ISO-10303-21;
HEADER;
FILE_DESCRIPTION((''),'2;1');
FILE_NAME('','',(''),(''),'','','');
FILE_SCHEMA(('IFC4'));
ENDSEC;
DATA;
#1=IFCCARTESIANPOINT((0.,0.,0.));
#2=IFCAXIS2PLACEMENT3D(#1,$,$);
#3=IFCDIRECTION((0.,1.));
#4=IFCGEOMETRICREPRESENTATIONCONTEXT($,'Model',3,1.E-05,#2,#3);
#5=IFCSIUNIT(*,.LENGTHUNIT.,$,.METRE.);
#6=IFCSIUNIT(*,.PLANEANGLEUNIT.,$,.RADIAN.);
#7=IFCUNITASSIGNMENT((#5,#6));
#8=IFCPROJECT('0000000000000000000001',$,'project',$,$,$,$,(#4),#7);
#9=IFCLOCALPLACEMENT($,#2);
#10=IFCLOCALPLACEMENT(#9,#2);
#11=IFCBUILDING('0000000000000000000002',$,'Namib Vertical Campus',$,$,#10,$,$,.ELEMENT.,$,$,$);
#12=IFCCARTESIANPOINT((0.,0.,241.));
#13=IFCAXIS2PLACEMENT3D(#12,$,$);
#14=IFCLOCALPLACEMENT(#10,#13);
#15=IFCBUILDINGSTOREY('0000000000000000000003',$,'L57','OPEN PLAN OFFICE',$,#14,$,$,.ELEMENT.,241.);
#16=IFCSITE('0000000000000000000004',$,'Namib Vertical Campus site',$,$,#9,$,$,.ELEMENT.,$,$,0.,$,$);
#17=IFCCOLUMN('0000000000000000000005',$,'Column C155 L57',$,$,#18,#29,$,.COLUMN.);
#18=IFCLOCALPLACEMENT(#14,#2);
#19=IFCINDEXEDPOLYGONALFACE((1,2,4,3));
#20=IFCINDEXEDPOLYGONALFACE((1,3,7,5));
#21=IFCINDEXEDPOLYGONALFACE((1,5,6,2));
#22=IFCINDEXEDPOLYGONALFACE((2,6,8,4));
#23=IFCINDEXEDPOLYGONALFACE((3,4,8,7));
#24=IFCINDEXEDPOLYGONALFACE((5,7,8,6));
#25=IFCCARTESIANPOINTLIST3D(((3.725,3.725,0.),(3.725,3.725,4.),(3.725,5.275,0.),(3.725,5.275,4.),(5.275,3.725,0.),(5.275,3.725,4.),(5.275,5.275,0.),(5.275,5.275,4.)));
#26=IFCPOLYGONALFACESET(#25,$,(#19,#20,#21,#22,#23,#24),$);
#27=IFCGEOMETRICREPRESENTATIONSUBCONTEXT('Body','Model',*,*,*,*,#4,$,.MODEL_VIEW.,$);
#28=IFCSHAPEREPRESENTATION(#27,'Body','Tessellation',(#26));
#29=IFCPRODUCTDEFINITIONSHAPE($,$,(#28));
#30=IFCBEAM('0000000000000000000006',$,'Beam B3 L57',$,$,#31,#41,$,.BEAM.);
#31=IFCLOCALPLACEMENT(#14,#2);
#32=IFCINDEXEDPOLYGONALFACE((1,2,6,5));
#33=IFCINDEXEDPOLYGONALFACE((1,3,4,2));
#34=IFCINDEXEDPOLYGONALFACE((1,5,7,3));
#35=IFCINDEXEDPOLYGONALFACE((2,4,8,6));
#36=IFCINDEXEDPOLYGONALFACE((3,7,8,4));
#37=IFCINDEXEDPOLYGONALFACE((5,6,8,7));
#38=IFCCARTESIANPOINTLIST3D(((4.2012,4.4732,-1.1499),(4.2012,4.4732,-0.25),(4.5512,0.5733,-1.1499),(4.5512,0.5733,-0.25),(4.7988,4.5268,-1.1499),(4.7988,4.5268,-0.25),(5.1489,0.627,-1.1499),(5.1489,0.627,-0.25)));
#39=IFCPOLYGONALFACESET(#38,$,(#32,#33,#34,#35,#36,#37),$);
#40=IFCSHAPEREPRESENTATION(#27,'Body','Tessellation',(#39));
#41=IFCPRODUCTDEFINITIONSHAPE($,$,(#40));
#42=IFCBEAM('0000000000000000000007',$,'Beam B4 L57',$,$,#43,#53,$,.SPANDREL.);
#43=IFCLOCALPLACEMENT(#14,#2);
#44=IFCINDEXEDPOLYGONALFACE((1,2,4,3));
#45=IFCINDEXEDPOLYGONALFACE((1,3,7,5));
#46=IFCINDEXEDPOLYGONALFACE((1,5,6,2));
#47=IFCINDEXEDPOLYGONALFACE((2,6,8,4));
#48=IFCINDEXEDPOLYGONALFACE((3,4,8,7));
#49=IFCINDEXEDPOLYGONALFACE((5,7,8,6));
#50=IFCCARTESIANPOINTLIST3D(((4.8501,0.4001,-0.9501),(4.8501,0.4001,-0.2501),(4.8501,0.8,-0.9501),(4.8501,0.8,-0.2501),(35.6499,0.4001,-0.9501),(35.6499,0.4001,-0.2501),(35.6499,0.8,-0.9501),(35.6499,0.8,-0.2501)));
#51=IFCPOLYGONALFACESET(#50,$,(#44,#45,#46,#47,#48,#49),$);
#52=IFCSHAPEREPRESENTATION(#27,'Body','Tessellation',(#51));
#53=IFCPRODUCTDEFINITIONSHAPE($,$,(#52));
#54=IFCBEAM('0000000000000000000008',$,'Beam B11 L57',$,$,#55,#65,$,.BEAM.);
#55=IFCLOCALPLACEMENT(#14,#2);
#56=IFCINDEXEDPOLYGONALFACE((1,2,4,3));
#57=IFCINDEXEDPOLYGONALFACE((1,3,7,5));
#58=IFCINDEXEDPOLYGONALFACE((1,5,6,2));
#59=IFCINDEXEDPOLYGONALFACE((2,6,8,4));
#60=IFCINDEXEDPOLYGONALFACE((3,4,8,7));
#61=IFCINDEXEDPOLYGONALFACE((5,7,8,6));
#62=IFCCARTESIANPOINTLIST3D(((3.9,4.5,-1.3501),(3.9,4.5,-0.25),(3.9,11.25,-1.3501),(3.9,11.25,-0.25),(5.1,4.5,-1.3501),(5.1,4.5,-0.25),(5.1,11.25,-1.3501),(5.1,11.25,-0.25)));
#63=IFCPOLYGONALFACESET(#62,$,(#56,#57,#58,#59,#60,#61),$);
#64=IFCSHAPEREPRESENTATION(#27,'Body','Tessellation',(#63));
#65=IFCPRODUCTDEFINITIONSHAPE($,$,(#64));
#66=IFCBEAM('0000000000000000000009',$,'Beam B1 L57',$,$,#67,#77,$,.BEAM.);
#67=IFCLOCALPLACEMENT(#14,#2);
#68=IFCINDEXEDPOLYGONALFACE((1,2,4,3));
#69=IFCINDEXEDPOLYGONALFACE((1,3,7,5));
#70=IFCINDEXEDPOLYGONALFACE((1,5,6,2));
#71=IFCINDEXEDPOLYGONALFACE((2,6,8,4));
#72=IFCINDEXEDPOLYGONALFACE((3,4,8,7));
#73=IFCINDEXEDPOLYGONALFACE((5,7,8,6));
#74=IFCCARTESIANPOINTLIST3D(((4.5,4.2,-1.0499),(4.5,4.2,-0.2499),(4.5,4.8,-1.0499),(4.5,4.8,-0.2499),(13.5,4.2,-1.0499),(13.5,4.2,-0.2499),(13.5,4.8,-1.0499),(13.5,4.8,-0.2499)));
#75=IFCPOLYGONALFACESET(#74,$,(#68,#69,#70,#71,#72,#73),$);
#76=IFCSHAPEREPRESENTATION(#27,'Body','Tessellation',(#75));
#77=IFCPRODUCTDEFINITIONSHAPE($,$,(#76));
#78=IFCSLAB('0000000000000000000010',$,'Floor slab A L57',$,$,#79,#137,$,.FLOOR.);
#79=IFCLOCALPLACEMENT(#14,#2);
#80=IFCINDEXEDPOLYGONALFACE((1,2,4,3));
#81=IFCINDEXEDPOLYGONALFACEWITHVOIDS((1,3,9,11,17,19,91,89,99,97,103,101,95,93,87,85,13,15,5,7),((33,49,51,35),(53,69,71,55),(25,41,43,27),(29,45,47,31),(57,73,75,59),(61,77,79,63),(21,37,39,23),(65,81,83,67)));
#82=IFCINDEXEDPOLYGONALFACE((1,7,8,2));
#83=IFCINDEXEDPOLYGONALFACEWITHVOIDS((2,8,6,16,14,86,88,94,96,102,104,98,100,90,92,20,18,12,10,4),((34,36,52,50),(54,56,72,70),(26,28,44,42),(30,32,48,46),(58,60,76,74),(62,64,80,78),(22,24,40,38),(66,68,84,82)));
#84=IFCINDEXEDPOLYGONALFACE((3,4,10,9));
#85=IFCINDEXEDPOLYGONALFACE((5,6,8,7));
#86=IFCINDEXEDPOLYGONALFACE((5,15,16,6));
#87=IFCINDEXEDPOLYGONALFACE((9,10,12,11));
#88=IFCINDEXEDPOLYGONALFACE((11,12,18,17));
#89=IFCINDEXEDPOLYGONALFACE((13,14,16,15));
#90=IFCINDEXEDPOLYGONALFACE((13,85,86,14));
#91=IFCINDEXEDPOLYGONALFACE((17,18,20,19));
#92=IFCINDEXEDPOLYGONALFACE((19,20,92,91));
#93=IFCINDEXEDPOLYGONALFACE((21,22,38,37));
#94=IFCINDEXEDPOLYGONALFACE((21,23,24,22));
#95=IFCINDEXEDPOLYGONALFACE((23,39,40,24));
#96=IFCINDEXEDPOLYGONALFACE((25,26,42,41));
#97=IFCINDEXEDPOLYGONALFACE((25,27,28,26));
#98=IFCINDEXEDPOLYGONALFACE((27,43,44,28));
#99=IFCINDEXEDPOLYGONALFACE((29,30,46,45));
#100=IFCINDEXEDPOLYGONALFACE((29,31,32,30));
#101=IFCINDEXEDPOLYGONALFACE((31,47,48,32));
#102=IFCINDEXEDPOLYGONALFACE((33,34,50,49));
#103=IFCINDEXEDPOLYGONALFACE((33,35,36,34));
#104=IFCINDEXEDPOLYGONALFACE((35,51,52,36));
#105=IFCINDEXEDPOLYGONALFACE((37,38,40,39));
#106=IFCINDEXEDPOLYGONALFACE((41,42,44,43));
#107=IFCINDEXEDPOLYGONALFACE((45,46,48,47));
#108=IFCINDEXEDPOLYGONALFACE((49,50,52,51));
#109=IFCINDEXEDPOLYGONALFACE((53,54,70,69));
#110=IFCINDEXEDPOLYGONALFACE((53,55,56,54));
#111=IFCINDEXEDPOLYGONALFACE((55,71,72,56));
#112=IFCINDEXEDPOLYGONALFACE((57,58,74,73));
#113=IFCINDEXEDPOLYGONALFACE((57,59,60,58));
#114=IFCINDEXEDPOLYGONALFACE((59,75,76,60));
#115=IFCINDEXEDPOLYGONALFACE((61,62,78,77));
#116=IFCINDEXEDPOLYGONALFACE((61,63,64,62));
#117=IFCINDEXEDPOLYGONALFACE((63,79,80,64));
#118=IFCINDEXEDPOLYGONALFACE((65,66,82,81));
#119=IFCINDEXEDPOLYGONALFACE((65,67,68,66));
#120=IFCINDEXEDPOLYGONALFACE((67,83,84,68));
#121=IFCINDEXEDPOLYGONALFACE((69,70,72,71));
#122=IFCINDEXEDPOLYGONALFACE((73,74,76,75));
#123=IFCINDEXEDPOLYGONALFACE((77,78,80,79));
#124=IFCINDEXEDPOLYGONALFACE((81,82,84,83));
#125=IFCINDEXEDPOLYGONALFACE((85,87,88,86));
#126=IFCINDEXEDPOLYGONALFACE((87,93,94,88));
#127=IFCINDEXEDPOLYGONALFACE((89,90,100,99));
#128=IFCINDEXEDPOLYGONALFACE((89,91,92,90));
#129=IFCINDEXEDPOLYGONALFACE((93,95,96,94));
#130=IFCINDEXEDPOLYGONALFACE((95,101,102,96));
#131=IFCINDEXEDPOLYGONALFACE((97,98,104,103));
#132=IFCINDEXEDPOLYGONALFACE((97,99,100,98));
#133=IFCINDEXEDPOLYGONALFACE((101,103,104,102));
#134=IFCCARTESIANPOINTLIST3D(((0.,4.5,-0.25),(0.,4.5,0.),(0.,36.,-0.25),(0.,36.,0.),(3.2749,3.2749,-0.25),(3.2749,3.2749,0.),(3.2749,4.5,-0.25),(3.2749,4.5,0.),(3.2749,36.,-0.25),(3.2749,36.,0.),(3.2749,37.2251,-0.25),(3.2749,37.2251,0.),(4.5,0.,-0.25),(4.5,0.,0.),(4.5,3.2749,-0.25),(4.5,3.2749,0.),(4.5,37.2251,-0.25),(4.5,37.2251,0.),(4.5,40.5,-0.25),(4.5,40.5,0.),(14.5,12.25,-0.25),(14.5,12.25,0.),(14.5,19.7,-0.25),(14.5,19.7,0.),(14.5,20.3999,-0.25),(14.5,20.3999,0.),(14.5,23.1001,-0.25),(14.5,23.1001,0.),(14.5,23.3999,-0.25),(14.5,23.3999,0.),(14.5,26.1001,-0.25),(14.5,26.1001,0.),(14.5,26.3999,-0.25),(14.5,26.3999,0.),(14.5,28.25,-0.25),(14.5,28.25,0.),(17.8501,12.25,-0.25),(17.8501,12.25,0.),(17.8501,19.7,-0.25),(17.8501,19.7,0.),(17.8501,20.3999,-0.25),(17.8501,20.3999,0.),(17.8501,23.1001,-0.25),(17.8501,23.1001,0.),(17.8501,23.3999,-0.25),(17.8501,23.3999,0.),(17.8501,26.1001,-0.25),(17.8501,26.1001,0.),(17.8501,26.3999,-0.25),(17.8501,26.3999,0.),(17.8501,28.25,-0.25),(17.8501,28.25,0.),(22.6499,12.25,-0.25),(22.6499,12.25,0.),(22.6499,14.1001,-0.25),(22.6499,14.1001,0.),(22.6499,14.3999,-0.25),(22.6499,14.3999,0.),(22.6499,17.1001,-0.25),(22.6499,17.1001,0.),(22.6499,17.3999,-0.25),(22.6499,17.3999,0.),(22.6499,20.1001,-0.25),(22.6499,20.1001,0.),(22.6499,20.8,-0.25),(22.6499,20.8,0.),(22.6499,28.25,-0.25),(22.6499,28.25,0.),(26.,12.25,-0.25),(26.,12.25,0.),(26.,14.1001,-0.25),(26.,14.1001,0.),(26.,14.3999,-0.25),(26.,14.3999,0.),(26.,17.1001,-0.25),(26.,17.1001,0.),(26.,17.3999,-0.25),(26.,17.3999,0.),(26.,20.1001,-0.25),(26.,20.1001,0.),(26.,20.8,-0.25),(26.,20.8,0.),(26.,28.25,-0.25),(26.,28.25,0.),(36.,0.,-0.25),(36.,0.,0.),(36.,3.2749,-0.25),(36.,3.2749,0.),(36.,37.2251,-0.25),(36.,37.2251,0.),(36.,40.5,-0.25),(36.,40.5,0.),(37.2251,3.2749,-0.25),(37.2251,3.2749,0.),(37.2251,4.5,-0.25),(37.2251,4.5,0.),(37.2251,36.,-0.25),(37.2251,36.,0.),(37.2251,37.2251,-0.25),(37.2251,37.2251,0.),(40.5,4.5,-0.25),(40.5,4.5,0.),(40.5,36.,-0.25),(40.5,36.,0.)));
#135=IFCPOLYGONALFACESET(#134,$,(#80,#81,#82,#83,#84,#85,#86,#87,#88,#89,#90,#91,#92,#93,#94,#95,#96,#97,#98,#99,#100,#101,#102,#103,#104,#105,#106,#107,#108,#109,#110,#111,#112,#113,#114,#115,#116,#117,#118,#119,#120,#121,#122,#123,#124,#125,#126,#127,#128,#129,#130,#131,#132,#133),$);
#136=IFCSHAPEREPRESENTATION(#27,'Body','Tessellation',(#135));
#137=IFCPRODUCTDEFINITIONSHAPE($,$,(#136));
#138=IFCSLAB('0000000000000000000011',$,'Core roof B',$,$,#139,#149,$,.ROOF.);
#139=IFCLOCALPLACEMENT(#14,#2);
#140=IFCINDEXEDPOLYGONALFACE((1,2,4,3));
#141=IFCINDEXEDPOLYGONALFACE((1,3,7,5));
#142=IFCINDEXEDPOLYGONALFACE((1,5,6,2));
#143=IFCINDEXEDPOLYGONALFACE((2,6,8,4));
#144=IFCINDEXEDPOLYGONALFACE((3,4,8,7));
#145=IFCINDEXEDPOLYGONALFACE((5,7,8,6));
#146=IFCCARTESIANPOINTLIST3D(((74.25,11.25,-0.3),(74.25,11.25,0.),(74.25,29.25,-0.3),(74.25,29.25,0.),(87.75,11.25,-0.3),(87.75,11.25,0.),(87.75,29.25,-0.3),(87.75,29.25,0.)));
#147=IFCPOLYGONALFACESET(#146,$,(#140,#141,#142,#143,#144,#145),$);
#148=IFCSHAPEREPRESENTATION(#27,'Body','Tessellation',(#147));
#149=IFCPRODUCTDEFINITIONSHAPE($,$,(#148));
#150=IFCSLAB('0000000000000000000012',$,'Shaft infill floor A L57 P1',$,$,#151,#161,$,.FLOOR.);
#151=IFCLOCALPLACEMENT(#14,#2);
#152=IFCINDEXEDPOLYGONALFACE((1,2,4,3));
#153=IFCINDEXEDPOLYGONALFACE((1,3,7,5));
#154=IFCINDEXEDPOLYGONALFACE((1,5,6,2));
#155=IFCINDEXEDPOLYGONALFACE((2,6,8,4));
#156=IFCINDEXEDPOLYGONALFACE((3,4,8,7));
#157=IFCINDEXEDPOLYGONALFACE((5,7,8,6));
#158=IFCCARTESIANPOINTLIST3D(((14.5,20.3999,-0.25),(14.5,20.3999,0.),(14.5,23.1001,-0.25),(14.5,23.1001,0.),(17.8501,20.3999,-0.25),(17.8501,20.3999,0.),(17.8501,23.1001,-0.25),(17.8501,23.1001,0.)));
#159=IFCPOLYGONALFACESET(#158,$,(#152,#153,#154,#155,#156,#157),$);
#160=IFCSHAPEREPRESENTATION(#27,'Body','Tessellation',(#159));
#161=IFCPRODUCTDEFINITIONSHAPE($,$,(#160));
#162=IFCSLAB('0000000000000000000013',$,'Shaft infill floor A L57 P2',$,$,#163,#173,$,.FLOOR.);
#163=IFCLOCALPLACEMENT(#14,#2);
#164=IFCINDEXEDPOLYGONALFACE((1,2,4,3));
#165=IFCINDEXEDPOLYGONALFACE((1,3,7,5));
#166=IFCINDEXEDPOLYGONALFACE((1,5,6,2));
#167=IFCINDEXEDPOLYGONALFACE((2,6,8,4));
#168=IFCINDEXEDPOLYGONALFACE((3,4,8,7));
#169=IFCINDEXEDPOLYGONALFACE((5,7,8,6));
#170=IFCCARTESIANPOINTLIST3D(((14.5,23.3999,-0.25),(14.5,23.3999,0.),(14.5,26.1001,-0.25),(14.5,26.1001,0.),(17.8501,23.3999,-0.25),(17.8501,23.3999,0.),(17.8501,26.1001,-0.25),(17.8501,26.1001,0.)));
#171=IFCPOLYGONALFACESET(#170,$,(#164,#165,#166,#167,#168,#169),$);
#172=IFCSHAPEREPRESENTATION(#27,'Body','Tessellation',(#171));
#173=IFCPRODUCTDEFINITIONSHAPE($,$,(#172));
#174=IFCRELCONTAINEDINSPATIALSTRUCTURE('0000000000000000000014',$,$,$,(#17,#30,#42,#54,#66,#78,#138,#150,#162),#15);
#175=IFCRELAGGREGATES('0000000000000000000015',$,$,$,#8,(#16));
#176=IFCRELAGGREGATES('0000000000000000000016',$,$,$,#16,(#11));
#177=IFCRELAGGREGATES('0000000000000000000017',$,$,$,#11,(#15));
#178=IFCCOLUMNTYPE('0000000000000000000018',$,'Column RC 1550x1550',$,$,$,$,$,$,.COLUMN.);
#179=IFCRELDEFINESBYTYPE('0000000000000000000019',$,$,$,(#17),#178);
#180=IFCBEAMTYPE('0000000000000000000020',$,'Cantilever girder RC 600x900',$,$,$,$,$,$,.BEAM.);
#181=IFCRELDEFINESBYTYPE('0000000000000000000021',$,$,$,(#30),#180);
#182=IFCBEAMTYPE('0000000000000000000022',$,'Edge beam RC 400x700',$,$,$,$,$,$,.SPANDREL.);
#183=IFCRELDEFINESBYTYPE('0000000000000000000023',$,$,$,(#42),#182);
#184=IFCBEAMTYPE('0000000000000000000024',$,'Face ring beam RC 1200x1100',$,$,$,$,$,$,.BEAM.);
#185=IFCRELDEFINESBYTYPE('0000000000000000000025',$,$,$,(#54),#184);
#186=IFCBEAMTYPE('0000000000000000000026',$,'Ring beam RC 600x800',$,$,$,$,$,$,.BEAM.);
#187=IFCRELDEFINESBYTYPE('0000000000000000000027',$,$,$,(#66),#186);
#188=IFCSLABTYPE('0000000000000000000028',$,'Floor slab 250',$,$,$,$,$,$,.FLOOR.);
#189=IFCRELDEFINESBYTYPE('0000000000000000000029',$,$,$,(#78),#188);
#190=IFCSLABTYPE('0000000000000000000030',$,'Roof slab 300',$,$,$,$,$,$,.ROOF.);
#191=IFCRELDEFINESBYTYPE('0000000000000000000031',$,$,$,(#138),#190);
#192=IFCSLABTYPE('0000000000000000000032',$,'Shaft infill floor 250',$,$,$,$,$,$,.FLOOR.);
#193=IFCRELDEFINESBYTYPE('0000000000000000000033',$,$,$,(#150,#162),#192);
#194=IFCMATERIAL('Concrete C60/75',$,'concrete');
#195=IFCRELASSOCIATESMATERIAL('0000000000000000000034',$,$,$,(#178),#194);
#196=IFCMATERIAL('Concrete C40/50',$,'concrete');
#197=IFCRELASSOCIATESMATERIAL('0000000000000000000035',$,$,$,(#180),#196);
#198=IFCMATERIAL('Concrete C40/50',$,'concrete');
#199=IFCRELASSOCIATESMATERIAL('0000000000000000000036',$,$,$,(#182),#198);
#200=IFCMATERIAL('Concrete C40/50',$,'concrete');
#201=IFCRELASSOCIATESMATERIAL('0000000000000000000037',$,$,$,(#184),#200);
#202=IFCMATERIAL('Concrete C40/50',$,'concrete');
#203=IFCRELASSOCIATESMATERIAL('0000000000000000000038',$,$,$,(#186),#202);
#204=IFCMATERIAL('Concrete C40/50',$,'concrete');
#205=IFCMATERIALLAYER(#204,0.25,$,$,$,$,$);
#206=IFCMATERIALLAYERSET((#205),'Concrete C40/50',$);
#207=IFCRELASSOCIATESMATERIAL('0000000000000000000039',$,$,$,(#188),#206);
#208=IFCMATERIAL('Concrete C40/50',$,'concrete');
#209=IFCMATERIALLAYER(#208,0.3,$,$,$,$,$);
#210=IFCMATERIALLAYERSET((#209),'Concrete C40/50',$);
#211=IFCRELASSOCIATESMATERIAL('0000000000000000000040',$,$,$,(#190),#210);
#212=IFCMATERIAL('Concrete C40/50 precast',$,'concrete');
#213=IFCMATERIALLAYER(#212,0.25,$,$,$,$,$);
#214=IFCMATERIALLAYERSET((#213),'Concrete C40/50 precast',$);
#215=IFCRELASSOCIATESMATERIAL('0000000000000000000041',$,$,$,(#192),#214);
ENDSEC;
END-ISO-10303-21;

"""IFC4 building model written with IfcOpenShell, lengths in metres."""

from ifc_helpers import new_model, si_unit, direction, frame, origin, origin_2d, place, context, subcontext, project, spatial, polyline, rectangle, outline, extrude, material, layer, layer_set, material_profile, profile_set, type_object, element, save


model = new_model("IFC4")

# Units and contexts
model_context = context("Model", 3, precision=1e-05, world=origin(), true_north=direction((0.0, 1.0)))
body_context = subcontext(model_context, "Body", "Model", "MODEL_VIEW")
ifc_project = project(units=[si_unit("LENGTHUNIT", "METRE"), si_unit("PLANEANGLEUNIT", "RADIAN")], contexts=[model_context])

# Site, building, storey
site_placement = place(None, origin())
site = spatial("IfcSite", under=ifc_project, at=site_placement, Name="Namib Vertical Campus site", CompositionType="ELEMENT", RefElevation=0.0)
building_placement = place(site_placement, origin())
building = spatial("IfcBuilding", under=site, at=building_placement, Name="Namib Vertical Campus", CompositionType="ELEMENT")
storey_placement = place(building_placement, frame((0.0, 0.0, 241.0)))
storey = spatial("IfcBuildingStorey", under=building, at=storey_placement, Name="L57", Description="OPEN PLAN OFFICE", CompositionType="ELEMENT", Elevation=241.0)

# Column
ifc_material_1 = material(Name="Concrete C60/75", Category="concrete")
ifc_material_profile_1 = material_profile(ifc_material_1, rectangle(XDim=1.55, YDim=1.55, at=origin_2d()))
ifc_profile_set_1 = profile_set([ifc_material_profile_1], Name="Concrete C60/75")
column_type = type_object("IfcColumnType", Name="Column RC 1550x1550", PredefinedType="COLUMN", material=ifc_profile_set_1)
column_placement = place(storey_placement, frame((4.5, 4.5, 0.0), z_axis=(0.0, 0.0, 1.0), x_axis=(1.0, 0.0, 0.0)))
element("IfcColumn", 1, at=column_placement, inside=storey, type_object=column_type, Name="Column C155 L57", PredefinedType="COLUMN", context=body_context, shape_type="SweptSolid", body=[
    extrude(rectangle(XDim=1.55, YDim=1.55, at=origin_2d()), origin(), (0.0, 0.0, 1.0), 4.0),
])

# Beams
ifc_material_2 = material(Name="Concrete C40/50", Category="concrete")
ifc_material_profile_2 = material_profile(ifc_material_2, rectangle(XDim=0.6001, YDim=0.8999, at=origin_2d()))
ifc_profile_set_2 = profile_set([ifc_material_profile_2], Name="Concrete C40/50")
beam_type_1 = type_object("IfcBeamType", Name="Cantilever girder RC 600x900", PredefinedType="BEAM", material=ifc_profile_set_2)
beam_1_placement = place(storey_placement, frame((4.5, 4.5, -0.7), z_axis=(0.089411, -0.995995, 0.0), x_axis=(0.995995, 0.089411, 0.0)))
element("IfcBeam", 2, at=beam_1_placement, inside=storey, type_object=beam_type_1, Name="Beam B3 L57", PredefinedType="BEAM", context=body_context, shape_type="SweptSolid", body=[
    extrude(rectangle(XDim=0.6001, YDim=0.8999, at=origin_2d()), origin(), (0.0, 0.0, 1.0), 3.9155),
])
ifc_material_3 = material(Name="Concrete C40/50", Category="concrete")
ifc_material_profile_3 = material_profile(ifc_material_3, rectangle(XDim=0.3999, YDim=0.7, at=origin_2d()))
ifc_profile_set_3 = profile_set([ifc_material_profile_3], Name="Concrete C40/50")
beam_type_2 = type_object("IfcBeamType", Name="Edge beam RC 400x700", PredefinedType="SPANDREL", material=ifc_profile_set_3)
beam_2_placement = place(storey_placement, frame((4.8501, 0.6001, -0.6001), z_axis=(1.0, 0.0, 0.0), x_axis=(0.0, 1.0, 0.0)))
element("IfcBeam", 3, at=beam_2_placement, inside=storey, type_object=beam_type_2, Name="Beam B4 L57", PredefinedType="SPANDREL", context=body_context, shape_type="SweptSolid", body=[
    extrude(rectangle(XDim=0.3999, YDim=0.7, at=origin_2d()), origin(), (0.0, 0.0, 1.0), 30.7998),
])
ifc_material_4 = material(Name="Concrete C40/50", Category="concrete")
ifc_material_profile_4 = material_profile(ifc_material_4, rectangle(XDim=1.2, YDim=1.1001, at=origin_2d()))
ifc_profile_set_4 = profile_set([ifc_material_profile_4], Name="Concrete C40/50")
beam_type_3 = type_object("IfcBeamType", Name="Face ring beam RC 1200x1100", PredefinedType="BEAM", material=ifc_profile_set_4)
beam_3_placement = place(storey_placement, frame((4.5, 4.5, -0.8), z_axis=(0.0, 1.0, 0.0), x_axis=(-1.0, 0.0, 0.0)))
element("IfcBeam", 4, at=beam_3_placement, inside=storey, type_object=beam_type_3, Name="Beam B11 L57", PredefinedType="BEAM", context=body_context, shape_type="SweptSolid", body=[
    extrude(rectangle(XDim=1.2, YDim=1.1001, at=origin_2d()), origin(), (0.0, 0.0, 1.0), 6.75),
])
ifc_material_5 = material(Name="Concrete C40/50", Category="concrete")
ifc_material_profile_5 = material_profile(ifc_material_5, rectangle(XDim=0.6001, YDim=0.8, at=origin_2d()))
ifc_profile_set_5 = profile_set([ifc_material_profile_5], Name="Concrete C40/50")
beam_type_4 = type_object("IfcBeamType", Name="Ring beam RC 600x800", PredefinedType="BEAM", material=ifc_profile_set_5)
beam_4_placement = place(storey_placement, frame((4.5, 4.5, -0.6499), z_axis=(1.0, 0.0, 0.0), x_axis=(0.0, 1.0, 0.0)))
element("IfcBeam", 5, at=beam_4_placement, inside=storey, type_object=beam_type_4, Name="Beam B1 L57", PredefinedType="BEAM", context=body_context, shape_type="SweptSolid", body=[
    extrude(rectangle(XDim=0.6001, YDim=0.8, at=origin_2d()), origin(), (0.0, 0.0, 1.0), 9.0),
])

# Slabs
ifc_material_6 = material(Name="Concrete C40/50", Category="concrete")
ifc_layer_1 = layer(ifc_material_6, 0.25)
ifc_layer_set_1 = layer_set([ifc_layer_1], Name="Concrete C40/50")
slab_type_1 = type_object("IfcSlabType", Name="Floor slab 250", PredefinedType="FLOOR", material=ifc_layer_set_1)
slab_1_placement = place(storey_placement, frame((0.0, 0.0, -0.25)))
element("IfcSlab", 6, at=slab_1_placement, inside=storey, type_object=slab_type_1, Name="Floor slab A L57", PredefinedType="FLOOR", context=body_context, shape_type="SweptSolid", body=[
    extrude(outline(polyline([(4.5, 0.0), (36.0, 0.0), (36.0, 3.2749), (37.2251, 3.2749), (37.2251, 4.5), (40.5, 4.5), (40.5, 36.0), (37.2251, 36.0), (37.2251, 37.2251), (36.0, 37.2251), (36.0, 40.5), (4.5, 40.5), (4.5, 37.2251), (3.2749, 37.2251), (3.2749, 36.0), (0.0, 36.0), (0.0, 4.5), (3.2749, 4.5), (3.2749, 3.2749), (4.5, 3.2749), (4.5, 0.0)]), holes=[polyline([(14.5, 12.25), (17.8501, 12.25), (17.8501, 19.7), (14.5, 19.7), (14.5, 12.25)]), polyline([(22.6499, 20.8), (26.0, 20.8), (26.0, 28.25), (22.6499, 28.25), (22.6499, 20.8)]), polyline([(22.6499, 12.25), (26.0, 12.25), (26.0, 14.1001), (22.6499, 14.1001), (22.6499, 12.25)]), polyline([(14.5, 20.3999), (17.8501, 20.3999), (17.8501, 23.1001), (14.5, 23.1001), (14.5, 20.3999)]), polyline([(14.5, 23.3999), (17.8501, 23.3999), (17.8501, 26.1001), (14.5, 26.1001), (14.5, 23.3999)]), polyline([(14.5, 26.3999), (17.8501, 26.3999), (17.8501, 28.25), (14.5, 28.25), (14.5, 26.3999)]), polyline([(22.6499, 14.3999), (26.0, 14.3999), (26.0, 17.1001), (22.6499, 17.1001), (22.6499, 14.3999)]), polyline([(22.6499, 17.3999), (26.0, 17.3999), (26.0, 20.1001), (22.6499, 20.1001), (22.6499, 17.3999)])]), origin(), (0.0, 0.0, 1.0), 0.25),
])
ifc_material_7 = material(Name="Concrete C40/50", Category="concrete")
ifc_layer_2 = layer(ifc_material_7, 0.3)
ifc_layer_set_2 = layer_set([ifc_layer_2], Name="Concrete C40/50")
slab_type_2 = type_object("IfcSlabType", Name="Roof slab 300", PredefinedType="ROOF", material=ifc_layer_set_2)
slab_2_placement = place(storey_placement, frame((0.0, 0.0, -0.3)))
element("IfcSlab", 7, at=slab_2_placement, inside=storey, type_object=slab_type_2, Name="Core roof B", PredefinedType="ROOF", context=body_context, shape_type="SweptSolid", body=[
    extrude(outline(polyline([(74.25, 11.25), (87.75, 11.25), (87.75, 29.25), (74.25, 29.25), (74.25, 11.25)])), origin(), (0.0, 0.0, 1.0), 0.3),
])
ifc_material_8 = material(Name="Concrete C40/50 precast", Category="concrete")
ifc_layer_3 = layer(ifc_material_8, 0.25)
ifc_layer_set_3 = layer_set([ifc_layer_3], Name="Concrete C40/50 precast")
slab_type_3 = type_object("IfcSlabType", Name="Shaft infill floor 250", PredefinedType="FLOOR", material=ifc_layer_set_3)
slab_3_placement = place(storey_placement, frame((0.0, 0.0, -0.25)))
element("IfcSlab", 8, at=slab_3_placement, inside=storey, type_object=slab_type_3, Name="Shaft infill floor A L57 P1", PredefinedType="FLOOR", context=body_context, shape_type="SweptSolid", body=[
    extrude(outline(polyline([(14.5, 20.3999), (17.8501, 20.3999), (17.8501, 23.1001), (14.5, 23.1001), (14.5, 20.3999)])), origin(), (0.0, 0.0, 1.0), 0.25),
])
slab_4_placement = place(storey_placement, frame((0.0, 0.0, -0.25)))
element("IfcSlab", 9, at=slab_4_placement, inside=storey, type_object=slab_type_3, Name="Shaft infill floor A L57 P2", PredefinedType="FLOOR", context=body_context, shape_type="SweptSolid", body=[
    extrude(outline(polyline([(14.5, 23.3999), (17.8501, 23.3999), (17.8501, 26.1001), (14.5, 26.1001), (14.5, 23.3999)])), origin(), (0.0, 0.0, 1.0), 0.25),
])

save(model, "model.ifc")
